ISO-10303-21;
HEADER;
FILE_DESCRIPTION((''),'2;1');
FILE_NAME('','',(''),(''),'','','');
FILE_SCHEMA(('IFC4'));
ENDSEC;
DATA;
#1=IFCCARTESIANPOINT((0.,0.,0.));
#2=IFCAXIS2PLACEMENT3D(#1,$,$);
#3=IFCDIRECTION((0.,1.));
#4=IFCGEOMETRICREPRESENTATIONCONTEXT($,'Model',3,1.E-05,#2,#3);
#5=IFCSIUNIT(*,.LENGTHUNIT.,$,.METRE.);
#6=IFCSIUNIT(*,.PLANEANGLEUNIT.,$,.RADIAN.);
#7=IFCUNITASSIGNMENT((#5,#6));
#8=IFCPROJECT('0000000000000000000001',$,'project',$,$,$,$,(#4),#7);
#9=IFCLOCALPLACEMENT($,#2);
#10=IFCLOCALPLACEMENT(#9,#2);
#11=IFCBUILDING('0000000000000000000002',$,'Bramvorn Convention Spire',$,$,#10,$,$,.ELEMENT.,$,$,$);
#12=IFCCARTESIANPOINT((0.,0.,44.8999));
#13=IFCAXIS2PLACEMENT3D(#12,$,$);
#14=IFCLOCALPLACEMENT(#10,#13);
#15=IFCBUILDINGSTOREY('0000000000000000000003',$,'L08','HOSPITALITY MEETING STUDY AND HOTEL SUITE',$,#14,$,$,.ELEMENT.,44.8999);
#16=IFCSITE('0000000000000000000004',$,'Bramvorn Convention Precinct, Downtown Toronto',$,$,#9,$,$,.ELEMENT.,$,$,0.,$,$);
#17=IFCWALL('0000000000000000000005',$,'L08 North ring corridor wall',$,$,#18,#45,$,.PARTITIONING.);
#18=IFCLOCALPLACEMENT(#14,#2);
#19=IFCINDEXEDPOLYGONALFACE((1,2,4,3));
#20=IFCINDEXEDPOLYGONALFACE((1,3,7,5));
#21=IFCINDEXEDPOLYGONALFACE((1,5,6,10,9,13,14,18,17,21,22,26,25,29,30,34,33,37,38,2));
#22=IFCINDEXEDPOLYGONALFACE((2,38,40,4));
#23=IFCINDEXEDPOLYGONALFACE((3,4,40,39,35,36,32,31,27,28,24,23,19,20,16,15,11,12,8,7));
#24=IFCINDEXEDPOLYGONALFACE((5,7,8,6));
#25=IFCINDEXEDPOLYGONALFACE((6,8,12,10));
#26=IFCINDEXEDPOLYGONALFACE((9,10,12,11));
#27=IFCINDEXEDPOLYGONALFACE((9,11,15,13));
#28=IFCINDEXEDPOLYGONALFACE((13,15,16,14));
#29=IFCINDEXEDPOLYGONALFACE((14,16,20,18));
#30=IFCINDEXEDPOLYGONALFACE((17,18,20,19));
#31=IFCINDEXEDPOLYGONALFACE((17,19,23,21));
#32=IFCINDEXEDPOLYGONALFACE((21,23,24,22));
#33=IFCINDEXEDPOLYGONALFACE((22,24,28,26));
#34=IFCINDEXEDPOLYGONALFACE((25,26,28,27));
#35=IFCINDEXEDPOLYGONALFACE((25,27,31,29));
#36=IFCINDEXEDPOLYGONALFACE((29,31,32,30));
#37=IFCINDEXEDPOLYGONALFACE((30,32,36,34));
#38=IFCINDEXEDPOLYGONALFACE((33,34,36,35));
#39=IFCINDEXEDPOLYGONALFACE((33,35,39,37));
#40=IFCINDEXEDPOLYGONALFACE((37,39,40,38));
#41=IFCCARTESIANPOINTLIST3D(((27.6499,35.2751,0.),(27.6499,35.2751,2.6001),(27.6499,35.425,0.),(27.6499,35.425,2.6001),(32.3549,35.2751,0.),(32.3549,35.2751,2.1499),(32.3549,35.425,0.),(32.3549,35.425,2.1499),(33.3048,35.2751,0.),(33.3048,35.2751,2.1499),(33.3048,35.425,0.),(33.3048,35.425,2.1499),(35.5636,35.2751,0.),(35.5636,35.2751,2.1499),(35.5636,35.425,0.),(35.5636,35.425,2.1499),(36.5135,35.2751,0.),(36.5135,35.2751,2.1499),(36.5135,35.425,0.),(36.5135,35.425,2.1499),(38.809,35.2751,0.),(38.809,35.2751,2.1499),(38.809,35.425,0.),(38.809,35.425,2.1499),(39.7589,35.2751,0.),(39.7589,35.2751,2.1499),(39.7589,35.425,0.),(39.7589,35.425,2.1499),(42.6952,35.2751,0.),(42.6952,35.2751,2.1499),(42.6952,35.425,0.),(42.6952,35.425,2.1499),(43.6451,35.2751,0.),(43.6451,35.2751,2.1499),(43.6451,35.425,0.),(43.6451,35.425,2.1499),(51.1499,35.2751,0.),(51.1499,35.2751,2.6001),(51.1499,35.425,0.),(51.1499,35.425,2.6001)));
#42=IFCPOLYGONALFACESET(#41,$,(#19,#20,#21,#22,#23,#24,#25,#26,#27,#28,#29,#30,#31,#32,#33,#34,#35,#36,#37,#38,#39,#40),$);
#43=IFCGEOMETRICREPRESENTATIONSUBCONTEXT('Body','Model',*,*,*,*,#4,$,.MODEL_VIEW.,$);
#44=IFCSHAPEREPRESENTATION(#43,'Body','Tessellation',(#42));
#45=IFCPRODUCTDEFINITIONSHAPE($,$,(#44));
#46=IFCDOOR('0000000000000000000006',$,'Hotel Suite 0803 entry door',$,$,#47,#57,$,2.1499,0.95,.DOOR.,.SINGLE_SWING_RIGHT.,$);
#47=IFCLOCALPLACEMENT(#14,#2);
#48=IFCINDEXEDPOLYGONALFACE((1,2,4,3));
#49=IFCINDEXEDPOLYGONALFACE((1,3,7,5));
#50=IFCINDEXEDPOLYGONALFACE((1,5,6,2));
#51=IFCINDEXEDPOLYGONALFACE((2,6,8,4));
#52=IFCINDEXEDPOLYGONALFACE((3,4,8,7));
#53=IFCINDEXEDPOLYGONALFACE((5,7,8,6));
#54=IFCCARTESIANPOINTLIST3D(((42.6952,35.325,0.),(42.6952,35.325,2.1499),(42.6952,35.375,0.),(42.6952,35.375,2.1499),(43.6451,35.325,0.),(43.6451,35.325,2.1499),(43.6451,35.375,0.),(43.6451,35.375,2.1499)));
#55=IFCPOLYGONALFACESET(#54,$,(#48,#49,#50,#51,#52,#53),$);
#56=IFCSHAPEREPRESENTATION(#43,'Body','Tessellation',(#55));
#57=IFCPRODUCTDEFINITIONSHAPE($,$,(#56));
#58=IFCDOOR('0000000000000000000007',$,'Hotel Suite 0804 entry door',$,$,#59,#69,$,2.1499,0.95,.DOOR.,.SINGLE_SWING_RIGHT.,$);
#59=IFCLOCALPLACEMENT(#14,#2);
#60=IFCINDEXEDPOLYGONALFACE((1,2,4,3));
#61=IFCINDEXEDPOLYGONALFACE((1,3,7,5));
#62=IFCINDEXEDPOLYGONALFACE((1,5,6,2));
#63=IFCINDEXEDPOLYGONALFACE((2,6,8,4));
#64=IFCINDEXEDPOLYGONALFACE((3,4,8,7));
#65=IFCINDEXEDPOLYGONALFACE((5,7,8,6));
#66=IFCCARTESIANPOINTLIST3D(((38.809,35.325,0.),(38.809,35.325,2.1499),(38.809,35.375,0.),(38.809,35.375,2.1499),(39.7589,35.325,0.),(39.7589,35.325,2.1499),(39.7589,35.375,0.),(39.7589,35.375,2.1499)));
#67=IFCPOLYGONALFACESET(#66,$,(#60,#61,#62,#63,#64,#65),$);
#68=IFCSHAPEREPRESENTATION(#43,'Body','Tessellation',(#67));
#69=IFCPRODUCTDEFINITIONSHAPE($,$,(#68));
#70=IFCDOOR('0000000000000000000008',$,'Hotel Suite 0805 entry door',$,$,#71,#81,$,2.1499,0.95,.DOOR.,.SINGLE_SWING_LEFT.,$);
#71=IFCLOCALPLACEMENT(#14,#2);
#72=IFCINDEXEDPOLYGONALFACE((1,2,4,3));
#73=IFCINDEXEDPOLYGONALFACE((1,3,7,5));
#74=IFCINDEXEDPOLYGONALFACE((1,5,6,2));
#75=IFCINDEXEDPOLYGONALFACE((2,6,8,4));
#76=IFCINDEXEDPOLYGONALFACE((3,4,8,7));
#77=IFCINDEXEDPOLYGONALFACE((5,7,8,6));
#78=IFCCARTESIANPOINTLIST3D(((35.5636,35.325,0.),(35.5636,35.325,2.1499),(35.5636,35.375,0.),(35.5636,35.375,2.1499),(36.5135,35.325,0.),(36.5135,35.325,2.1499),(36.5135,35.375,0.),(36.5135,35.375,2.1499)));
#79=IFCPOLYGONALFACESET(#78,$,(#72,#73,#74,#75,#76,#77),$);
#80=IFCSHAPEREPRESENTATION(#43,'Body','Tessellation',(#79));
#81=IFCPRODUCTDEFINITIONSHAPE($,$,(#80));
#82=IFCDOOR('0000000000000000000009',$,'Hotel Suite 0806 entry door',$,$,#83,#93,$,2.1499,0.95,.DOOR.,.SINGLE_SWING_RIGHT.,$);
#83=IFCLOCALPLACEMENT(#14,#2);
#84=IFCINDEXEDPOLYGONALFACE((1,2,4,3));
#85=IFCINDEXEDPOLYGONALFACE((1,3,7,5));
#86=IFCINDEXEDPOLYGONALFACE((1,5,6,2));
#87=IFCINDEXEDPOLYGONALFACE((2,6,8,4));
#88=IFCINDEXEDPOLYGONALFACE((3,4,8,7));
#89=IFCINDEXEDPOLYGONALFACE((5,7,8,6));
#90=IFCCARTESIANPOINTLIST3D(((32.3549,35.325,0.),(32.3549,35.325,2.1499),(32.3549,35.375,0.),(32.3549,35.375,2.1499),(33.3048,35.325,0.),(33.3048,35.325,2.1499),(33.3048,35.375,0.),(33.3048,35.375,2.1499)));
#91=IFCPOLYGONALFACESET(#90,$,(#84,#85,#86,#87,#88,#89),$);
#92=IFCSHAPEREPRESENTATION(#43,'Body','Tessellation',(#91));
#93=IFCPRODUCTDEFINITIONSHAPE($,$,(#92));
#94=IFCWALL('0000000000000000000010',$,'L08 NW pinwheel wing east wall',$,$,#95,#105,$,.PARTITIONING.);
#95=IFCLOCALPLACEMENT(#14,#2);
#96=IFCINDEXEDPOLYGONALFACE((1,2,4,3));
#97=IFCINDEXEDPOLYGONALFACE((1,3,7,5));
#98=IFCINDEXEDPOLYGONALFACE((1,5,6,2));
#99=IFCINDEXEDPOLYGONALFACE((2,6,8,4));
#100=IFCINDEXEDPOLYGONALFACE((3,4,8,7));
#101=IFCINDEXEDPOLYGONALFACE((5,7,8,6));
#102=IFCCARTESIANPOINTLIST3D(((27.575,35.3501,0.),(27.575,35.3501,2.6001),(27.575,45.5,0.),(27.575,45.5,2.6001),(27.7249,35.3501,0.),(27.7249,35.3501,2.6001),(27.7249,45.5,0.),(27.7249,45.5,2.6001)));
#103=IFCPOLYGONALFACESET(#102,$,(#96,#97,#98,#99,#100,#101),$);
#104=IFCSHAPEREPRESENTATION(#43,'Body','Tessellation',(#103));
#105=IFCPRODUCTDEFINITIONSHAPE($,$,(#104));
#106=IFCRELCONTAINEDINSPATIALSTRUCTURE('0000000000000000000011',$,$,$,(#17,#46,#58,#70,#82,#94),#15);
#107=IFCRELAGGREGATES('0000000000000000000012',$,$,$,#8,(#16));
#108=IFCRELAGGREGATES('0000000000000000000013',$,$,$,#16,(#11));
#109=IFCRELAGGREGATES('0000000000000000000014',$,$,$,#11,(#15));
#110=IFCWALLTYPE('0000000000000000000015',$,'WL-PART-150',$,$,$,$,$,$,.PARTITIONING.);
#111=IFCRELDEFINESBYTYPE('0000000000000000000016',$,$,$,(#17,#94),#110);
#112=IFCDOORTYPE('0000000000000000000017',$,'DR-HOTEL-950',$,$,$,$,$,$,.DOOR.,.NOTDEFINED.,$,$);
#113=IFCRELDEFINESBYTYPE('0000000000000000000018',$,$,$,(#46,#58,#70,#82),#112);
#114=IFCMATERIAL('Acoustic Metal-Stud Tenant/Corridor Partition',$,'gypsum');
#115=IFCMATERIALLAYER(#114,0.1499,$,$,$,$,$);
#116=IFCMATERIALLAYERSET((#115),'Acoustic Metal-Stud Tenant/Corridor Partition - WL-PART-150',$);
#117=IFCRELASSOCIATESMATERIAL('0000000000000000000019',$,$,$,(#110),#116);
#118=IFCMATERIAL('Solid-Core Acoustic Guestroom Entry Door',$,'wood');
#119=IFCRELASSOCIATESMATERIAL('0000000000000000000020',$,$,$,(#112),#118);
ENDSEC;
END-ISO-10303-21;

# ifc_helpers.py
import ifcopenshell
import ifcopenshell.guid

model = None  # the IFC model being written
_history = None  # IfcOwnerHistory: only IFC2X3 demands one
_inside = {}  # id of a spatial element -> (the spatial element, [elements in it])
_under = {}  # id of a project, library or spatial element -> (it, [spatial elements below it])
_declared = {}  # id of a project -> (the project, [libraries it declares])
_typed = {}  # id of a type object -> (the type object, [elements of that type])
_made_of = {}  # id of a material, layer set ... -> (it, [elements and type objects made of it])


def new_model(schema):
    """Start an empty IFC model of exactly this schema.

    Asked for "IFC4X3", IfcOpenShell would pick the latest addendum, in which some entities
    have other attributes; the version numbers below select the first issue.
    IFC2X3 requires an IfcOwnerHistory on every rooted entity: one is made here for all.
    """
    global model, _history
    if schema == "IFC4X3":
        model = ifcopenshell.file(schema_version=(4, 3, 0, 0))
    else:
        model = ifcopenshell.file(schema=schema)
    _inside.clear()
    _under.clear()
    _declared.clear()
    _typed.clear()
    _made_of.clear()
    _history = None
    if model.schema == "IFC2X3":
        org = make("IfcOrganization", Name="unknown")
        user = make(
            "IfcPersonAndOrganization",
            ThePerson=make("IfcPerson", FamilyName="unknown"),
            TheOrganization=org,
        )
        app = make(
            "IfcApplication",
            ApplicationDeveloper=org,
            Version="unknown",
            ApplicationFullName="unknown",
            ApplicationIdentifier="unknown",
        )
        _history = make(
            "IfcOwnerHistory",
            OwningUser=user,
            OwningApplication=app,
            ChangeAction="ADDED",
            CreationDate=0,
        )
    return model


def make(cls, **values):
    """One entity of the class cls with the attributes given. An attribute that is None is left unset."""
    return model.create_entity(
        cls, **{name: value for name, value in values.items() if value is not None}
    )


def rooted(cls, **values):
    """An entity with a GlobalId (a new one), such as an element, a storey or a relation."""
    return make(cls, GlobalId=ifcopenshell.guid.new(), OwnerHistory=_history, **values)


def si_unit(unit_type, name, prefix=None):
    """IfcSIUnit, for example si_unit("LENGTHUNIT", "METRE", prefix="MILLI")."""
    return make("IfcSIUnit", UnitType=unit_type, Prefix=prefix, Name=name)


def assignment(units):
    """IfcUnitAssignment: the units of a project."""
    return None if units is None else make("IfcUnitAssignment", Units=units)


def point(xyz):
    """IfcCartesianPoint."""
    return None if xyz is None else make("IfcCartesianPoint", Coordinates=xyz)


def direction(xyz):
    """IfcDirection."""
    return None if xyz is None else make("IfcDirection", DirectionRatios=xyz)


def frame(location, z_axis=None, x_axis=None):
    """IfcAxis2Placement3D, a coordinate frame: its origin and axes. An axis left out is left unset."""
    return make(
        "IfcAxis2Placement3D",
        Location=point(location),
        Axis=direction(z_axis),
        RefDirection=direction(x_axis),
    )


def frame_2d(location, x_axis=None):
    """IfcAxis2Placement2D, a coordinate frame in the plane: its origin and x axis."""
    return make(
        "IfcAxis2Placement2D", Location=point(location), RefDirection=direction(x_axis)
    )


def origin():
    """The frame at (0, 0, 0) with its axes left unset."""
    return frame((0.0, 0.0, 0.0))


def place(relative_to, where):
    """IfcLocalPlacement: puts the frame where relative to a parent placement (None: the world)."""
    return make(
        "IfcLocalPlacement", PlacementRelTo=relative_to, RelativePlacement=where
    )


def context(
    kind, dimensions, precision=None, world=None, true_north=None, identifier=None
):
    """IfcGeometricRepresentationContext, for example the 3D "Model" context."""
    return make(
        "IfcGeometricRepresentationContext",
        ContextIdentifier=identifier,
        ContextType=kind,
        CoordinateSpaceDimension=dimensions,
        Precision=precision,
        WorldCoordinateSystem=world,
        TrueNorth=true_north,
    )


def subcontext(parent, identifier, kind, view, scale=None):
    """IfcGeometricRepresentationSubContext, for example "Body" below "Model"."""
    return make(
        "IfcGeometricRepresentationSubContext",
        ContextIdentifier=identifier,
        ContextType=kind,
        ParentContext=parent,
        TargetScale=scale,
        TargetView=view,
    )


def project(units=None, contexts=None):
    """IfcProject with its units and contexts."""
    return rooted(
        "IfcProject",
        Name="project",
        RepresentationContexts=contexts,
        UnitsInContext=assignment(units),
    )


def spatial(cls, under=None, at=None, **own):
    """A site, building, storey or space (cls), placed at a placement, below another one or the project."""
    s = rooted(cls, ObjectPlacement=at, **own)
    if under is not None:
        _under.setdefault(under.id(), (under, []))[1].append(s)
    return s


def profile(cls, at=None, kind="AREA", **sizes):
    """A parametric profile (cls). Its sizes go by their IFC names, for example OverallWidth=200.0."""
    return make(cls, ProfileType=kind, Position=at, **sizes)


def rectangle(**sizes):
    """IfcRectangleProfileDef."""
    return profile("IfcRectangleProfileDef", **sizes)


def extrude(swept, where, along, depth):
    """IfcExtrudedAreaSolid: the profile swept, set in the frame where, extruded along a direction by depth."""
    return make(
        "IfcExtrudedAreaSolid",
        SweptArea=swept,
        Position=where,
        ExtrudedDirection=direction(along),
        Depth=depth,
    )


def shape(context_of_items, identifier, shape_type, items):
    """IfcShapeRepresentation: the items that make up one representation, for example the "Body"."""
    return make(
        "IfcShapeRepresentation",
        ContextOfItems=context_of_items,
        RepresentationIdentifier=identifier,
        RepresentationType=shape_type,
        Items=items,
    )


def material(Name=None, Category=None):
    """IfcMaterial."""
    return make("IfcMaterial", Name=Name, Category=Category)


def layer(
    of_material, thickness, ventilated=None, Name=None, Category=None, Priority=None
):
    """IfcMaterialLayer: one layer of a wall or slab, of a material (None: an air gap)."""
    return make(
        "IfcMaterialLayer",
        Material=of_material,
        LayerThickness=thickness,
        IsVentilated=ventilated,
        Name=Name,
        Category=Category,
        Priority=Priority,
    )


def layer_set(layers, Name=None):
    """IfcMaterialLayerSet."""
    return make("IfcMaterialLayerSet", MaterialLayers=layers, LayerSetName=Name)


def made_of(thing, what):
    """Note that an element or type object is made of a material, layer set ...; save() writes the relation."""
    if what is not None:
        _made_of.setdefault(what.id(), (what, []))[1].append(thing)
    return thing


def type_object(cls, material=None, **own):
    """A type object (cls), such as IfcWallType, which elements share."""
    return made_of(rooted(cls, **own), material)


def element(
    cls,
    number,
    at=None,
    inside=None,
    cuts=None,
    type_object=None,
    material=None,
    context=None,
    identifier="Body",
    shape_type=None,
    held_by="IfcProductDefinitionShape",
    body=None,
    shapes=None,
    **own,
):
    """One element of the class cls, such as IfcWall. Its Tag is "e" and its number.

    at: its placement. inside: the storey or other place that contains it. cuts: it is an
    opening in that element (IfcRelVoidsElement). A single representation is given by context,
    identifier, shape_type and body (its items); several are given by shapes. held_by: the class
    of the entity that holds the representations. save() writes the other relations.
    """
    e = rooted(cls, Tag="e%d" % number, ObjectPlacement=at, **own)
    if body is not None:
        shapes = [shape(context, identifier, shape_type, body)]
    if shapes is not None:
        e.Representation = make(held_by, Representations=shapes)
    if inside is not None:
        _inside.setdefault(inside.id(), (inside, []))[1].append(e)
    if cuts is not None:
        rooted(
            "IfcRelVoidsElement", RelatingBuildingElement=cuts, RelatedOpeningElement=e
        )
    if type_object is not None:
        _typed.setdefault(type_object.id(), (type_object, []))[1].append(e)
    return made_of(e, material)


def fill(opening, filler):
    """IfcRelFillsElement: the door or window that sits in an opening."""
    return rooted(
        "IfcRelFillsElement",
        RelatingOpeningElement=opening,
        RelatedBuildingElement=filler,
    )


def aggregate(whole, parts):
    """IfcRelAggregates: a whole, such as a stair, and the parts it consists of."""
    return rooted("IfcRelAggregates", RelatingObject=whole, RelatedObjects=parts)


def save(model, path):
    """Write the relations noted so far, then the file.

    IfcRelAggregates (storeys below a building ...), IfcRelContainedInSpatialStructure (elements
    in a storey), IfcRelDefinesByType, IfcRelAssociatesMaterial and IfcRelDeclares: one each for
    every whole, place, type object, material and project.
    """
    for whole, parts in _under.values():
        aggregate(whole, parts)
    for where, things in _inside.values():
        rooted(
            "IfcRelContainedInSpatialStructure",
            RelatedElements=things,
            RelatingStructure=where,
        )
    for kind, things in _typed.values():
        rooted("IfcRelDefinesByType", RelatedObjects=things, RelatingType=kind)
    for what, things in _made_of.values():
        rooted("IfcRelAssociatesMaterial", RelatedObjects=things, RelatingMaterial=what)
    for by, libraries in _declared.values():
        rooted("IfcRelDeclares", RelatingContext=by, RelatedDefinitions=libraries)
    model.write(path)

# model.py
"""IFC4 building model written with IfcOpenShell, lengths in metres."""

from ifc_helpers import new_model, si_unit, direction, frame, frame_2d, origin, place, context, subcontext, project, spatial, rectangle, extrude, material, layer, layer_set, type_object, element, fill, save


model = new_model("IFC4")

# Units and contexts
model_context = context("Model", 3, precision=1e-05, world=origin(), true_north=direction((0.0, 1.0)))
body_context = subcontext(model_context, "Body", "Model", "MODEL_VIEW")
ifc_project = project(units=[si_unit("LENGTHUNIT", "METRE"), si_unit("PLANEANGLEUNIT", "RADIAN")], contexts=[model_context])

# Site, building, storey
site_placement = place(None, origin())
site = spatial("IfcSite", under=ifc_project, at=site_placement, Name="Bramvorn Convention Precinct, Downtown Toronto", CompositionType="ELEMENT", RefElevation=0.0)
building_placement = place(site_placement, origin())
building = spatial("IfcBuilding", under=site, at=building_placement, Name="Bramvorn Convention Spire", CompositionType="ELEMENT")
storey_placement = place(building_placement, frame((0.0, 0.0, 44.8999)))
storey = spatial("IfcBuildingStorey", under=building, at=storey_placement, Name="L08", Description="HOSPITALITY MEETING STUDY AND HOTEL SUITE", CompositionType="ELEMENT", Elevation=44.8999)

# Wall, openings, doors
ifc_material_1 = material(Name="Acoustic Metal-Stud Tenant/Corridor Partition", Category="gypsum")
ifc_layer_1 = layer(ifc_material_1, 0.1499)
ifc_layer_set_1 = layer_set([ifc_layer_1], Name="Acoustic Metal-Stud Tenant/Corridor Partition - WL-PART-150")
wall_type_1 = type_object("IfcWallType", Name="WL-PART-150", PredefinedType="PARTITIONING", material=ifc_layer_set_1)
wall_1_placement = place(storey_placement, frame((27.6499, 35.3501, 0.0), z_axis=(0.0, 0.0, 1.0), x_axis=(1.0, 0.0, 0.0)))
wall_1 = element("IfcWall", 1, at=wall_1_placement, inside=storey, type_object=wall_type_1, Name="L08 North ring corridor wall", PredefinedType="PARTITIONING", context=body_context, shape_type="SweptSolid", body=[
    extrude(rectangle(XDim=23.5, YDim=0.1499, at=frame_2d((11.75, 0.0))), origin(), (0.0, 0.0, 1.0), 2.6001),
])
opening_1_placement = place(wall_1_placement, frame((15.0452, 0.0, 0.0)))
opening_1 = element("IfcOpeningElement", 2, at=opening_1_placement, cuts=wall_1, PredefinedType="OPENING", context=body_context, shape_type="SweptSolid", body=[
    extrude(rectangle(XDim=0.95, YDim=2.1499, at=frame_2d((0.4751, 1.075))), frame((0.0, 0.085, 0.0), z_axis=(0.0, -1.0, 0.0), x_axis=(1.0, 0.0, 0.0)), (0.0, 0.0, 1.0), 0.1699),
])
opening_2_placement = place(wall_1_placement, frame((11.1589, 0.0, 0.0)))
opening_2 = element("IfcOpeningElement", 3, at=opening_2_placement, cuts=wall_1, PredefinedType="OPENING", context=body_context, shape_type="SweptSolid", body=[
    extrude(rectangle(XDim=0.95, YDim=2.1499, at=frame_2d((0.4751, 1.075))), frame((0.0, 0.085, 0.0), z_axis=(0.0, -1.0, 0.0), x_axis=(1.0, 0.0, 0.0)), (0.0, 0.0, 1.0), 0.1699),
])
opening_3_placement = place(wall_1_placement, frame((7.9136, 0.0, 0.0)))
opening_3 = element("IfcOpeningElement", 4, at=opening_3_placement, cuts=wall_1, PredefinedType="OPENING", context=body_context, shape_type="SweptSolid", body=[
    extrude(rectangle(XDim=0.95, YDim=2.1499, at=frame_2d((0.4751, 1.075))), frame((0.0, 0.085, 0.0), z_axis=(0.0, -1.0, 0.0), x_axis=(1.0, 0.0, 0.0)), (0.0, 0.0, 1.0), 0.1699),
])
opening_4_placement = place(wall_1_placement, frame((4.7048, 0.0, 0.0)))
opening_4 = element("IfcOpeningElement", 5, at=opening_4_placement, cuts=wall_1, PredefinedType="OPENING", context=body_context, shape_type="SweptSolid", body=[
    extrude(rectangle(XDim=0.95, YDim=2.1499, at=frame_2d((0.4751, 1.075))), frame((0.0, 0.085, 0.0), z_axis=(0.0, -1.0, 0.0), x_axis=(1.0, 0.0, 0.0)), (0.0, 0.0, 1.0), 0.1699),
])
ifc_material_2 = material(Name="Solid-Core Acoustic Guestroom Entry Door", Category="wood")
door_type_1 = type_object("IfcDoorType", Name="DR-HOTEL-950", OperationType="NOTDEFINED", PredefinedType="DOOR", material=ifc_material_2)
door_1_placement = place(opening_1_placement, origin())
door_1 = element("IfcDoor", 6, at=door_1_placement, inside=storey, type_object=door_type_1, Name="Hotel Suite 0803 entry door", OperationType="SINGLE_SWING_RIGHT", OverallHeight=2.1499, OverallWidth=0.95, PredefinedType="DOOR", context=body_context, shape_type="SweptSolid", body=[
    extrude(rectangle(XDim=0.95, YDim=2.1499, at=frame_2d((0.4751, 1.075))), frame((0.0, 0.0249, 0.0), z_axis=(0.0, -1.0, 0.0), x_axis=(1.0, 0.0, 0.0)), (0.0, 0.0, 1.0), 0.05),
])
fill(opening_1, door_1)
door_2_placement = place(opening_2_placement, origin())
door_2 = element("IfcDoor", 7, at=door_2_placement, inside=storey, type_object=door_type_1, Name="Hotel Suite 0804 entry door", OperationType="SINGLE_SWING_RIGHT", OverallHeight=2.1499, OverallWidth=0.95, PredefinedType="DOOR", context=body_context, shape_type="SweptSolid", body=[
    extrude(rectangle(XDim=0.95, YDim=2.1499, at=frame_2d((0.4751, 1.075))), frame((0.0, 0.0249, 0.0), z_axis=(0.0, -1.0, 0.0), x_axis=(1.0, 0.0, 0.0)), (0.0, 0.0, 1.0), 0.05),
])
fill(opening_2, door_2)
door_3_placement = place(opening_3_placement, origin())
door_3 = element("IfcDoor", 8, at=door_3_placement, inside=storey, type_object=door_type_1, Name="Hotel Suite 0805 entry door", OperationType="SINGLE_SWING_LEFT", OverallHeight=2.1499, OverallWidth=0.95, PredefinedType="DOOR", context=body_context, shape_type="SweptSolid", body=[
    extrude(rectangle(XDim=0.95, YDim=2.1499, at=frame_2d((0.4751, 1.075))), frame((0.0, 0.0249, 0.0), z_axis=(0.0, -1.0, 0.0), x_axis=(1.0, 0.0, 0.0)), (0.0, 0.0, 1.0), 0.05),
])
fill(opening_3, door_3)
door_4_placement = place(opening_4_placement, origin())
door_4 = element("IfcDoor", 9, at=door_4_placement, inside=storey, type_object=door_type_1, Name="Hotel Suite 0806 entry door", OperationType="SINGLE_SWING_RIGHT", OverallHeight=2.1499, OverallWidth=0.95, PredefinedType="DOOR", context=body_context, shape_type="SweptSolid", body=[
    extrude(rectangle(XDim=0.95, YDim=2.1499, at=frame_2d((0.4751, 1.075))), frame((0.0, 0.0249, 0.0), z_axis=(0.0, -1.0, 0.0), x_axis=(1.0, 0.0, 0.0)), (0.0, 0.0, 1.0), 0.05),
])
fill(opening_4, door_4)

# Wall
wall_2_placement = place(storey_placement, frame((27.6499, 35.3501, 0.0), z_axis=(0.0, 0.0, 1.0), x_axis=(0.0, 1.0, 0.0)))
element("IfcWall", 10, at=wall_2_placement, inside=storey, type_object=wall_type_1, Name="L08 NW pinwheel wing east wall", PredefinedType="PARTITIONING", context=body_context, shape_type="SweptSolid", body=[
    extrude(rectangle(XDim=10.1499, YDim=0.1499, at=frame_2d((5.075, 0.0))), origin(), (0.0, 0.0, 1.0), 2.6001),
])

save(model, "model.ifc")
